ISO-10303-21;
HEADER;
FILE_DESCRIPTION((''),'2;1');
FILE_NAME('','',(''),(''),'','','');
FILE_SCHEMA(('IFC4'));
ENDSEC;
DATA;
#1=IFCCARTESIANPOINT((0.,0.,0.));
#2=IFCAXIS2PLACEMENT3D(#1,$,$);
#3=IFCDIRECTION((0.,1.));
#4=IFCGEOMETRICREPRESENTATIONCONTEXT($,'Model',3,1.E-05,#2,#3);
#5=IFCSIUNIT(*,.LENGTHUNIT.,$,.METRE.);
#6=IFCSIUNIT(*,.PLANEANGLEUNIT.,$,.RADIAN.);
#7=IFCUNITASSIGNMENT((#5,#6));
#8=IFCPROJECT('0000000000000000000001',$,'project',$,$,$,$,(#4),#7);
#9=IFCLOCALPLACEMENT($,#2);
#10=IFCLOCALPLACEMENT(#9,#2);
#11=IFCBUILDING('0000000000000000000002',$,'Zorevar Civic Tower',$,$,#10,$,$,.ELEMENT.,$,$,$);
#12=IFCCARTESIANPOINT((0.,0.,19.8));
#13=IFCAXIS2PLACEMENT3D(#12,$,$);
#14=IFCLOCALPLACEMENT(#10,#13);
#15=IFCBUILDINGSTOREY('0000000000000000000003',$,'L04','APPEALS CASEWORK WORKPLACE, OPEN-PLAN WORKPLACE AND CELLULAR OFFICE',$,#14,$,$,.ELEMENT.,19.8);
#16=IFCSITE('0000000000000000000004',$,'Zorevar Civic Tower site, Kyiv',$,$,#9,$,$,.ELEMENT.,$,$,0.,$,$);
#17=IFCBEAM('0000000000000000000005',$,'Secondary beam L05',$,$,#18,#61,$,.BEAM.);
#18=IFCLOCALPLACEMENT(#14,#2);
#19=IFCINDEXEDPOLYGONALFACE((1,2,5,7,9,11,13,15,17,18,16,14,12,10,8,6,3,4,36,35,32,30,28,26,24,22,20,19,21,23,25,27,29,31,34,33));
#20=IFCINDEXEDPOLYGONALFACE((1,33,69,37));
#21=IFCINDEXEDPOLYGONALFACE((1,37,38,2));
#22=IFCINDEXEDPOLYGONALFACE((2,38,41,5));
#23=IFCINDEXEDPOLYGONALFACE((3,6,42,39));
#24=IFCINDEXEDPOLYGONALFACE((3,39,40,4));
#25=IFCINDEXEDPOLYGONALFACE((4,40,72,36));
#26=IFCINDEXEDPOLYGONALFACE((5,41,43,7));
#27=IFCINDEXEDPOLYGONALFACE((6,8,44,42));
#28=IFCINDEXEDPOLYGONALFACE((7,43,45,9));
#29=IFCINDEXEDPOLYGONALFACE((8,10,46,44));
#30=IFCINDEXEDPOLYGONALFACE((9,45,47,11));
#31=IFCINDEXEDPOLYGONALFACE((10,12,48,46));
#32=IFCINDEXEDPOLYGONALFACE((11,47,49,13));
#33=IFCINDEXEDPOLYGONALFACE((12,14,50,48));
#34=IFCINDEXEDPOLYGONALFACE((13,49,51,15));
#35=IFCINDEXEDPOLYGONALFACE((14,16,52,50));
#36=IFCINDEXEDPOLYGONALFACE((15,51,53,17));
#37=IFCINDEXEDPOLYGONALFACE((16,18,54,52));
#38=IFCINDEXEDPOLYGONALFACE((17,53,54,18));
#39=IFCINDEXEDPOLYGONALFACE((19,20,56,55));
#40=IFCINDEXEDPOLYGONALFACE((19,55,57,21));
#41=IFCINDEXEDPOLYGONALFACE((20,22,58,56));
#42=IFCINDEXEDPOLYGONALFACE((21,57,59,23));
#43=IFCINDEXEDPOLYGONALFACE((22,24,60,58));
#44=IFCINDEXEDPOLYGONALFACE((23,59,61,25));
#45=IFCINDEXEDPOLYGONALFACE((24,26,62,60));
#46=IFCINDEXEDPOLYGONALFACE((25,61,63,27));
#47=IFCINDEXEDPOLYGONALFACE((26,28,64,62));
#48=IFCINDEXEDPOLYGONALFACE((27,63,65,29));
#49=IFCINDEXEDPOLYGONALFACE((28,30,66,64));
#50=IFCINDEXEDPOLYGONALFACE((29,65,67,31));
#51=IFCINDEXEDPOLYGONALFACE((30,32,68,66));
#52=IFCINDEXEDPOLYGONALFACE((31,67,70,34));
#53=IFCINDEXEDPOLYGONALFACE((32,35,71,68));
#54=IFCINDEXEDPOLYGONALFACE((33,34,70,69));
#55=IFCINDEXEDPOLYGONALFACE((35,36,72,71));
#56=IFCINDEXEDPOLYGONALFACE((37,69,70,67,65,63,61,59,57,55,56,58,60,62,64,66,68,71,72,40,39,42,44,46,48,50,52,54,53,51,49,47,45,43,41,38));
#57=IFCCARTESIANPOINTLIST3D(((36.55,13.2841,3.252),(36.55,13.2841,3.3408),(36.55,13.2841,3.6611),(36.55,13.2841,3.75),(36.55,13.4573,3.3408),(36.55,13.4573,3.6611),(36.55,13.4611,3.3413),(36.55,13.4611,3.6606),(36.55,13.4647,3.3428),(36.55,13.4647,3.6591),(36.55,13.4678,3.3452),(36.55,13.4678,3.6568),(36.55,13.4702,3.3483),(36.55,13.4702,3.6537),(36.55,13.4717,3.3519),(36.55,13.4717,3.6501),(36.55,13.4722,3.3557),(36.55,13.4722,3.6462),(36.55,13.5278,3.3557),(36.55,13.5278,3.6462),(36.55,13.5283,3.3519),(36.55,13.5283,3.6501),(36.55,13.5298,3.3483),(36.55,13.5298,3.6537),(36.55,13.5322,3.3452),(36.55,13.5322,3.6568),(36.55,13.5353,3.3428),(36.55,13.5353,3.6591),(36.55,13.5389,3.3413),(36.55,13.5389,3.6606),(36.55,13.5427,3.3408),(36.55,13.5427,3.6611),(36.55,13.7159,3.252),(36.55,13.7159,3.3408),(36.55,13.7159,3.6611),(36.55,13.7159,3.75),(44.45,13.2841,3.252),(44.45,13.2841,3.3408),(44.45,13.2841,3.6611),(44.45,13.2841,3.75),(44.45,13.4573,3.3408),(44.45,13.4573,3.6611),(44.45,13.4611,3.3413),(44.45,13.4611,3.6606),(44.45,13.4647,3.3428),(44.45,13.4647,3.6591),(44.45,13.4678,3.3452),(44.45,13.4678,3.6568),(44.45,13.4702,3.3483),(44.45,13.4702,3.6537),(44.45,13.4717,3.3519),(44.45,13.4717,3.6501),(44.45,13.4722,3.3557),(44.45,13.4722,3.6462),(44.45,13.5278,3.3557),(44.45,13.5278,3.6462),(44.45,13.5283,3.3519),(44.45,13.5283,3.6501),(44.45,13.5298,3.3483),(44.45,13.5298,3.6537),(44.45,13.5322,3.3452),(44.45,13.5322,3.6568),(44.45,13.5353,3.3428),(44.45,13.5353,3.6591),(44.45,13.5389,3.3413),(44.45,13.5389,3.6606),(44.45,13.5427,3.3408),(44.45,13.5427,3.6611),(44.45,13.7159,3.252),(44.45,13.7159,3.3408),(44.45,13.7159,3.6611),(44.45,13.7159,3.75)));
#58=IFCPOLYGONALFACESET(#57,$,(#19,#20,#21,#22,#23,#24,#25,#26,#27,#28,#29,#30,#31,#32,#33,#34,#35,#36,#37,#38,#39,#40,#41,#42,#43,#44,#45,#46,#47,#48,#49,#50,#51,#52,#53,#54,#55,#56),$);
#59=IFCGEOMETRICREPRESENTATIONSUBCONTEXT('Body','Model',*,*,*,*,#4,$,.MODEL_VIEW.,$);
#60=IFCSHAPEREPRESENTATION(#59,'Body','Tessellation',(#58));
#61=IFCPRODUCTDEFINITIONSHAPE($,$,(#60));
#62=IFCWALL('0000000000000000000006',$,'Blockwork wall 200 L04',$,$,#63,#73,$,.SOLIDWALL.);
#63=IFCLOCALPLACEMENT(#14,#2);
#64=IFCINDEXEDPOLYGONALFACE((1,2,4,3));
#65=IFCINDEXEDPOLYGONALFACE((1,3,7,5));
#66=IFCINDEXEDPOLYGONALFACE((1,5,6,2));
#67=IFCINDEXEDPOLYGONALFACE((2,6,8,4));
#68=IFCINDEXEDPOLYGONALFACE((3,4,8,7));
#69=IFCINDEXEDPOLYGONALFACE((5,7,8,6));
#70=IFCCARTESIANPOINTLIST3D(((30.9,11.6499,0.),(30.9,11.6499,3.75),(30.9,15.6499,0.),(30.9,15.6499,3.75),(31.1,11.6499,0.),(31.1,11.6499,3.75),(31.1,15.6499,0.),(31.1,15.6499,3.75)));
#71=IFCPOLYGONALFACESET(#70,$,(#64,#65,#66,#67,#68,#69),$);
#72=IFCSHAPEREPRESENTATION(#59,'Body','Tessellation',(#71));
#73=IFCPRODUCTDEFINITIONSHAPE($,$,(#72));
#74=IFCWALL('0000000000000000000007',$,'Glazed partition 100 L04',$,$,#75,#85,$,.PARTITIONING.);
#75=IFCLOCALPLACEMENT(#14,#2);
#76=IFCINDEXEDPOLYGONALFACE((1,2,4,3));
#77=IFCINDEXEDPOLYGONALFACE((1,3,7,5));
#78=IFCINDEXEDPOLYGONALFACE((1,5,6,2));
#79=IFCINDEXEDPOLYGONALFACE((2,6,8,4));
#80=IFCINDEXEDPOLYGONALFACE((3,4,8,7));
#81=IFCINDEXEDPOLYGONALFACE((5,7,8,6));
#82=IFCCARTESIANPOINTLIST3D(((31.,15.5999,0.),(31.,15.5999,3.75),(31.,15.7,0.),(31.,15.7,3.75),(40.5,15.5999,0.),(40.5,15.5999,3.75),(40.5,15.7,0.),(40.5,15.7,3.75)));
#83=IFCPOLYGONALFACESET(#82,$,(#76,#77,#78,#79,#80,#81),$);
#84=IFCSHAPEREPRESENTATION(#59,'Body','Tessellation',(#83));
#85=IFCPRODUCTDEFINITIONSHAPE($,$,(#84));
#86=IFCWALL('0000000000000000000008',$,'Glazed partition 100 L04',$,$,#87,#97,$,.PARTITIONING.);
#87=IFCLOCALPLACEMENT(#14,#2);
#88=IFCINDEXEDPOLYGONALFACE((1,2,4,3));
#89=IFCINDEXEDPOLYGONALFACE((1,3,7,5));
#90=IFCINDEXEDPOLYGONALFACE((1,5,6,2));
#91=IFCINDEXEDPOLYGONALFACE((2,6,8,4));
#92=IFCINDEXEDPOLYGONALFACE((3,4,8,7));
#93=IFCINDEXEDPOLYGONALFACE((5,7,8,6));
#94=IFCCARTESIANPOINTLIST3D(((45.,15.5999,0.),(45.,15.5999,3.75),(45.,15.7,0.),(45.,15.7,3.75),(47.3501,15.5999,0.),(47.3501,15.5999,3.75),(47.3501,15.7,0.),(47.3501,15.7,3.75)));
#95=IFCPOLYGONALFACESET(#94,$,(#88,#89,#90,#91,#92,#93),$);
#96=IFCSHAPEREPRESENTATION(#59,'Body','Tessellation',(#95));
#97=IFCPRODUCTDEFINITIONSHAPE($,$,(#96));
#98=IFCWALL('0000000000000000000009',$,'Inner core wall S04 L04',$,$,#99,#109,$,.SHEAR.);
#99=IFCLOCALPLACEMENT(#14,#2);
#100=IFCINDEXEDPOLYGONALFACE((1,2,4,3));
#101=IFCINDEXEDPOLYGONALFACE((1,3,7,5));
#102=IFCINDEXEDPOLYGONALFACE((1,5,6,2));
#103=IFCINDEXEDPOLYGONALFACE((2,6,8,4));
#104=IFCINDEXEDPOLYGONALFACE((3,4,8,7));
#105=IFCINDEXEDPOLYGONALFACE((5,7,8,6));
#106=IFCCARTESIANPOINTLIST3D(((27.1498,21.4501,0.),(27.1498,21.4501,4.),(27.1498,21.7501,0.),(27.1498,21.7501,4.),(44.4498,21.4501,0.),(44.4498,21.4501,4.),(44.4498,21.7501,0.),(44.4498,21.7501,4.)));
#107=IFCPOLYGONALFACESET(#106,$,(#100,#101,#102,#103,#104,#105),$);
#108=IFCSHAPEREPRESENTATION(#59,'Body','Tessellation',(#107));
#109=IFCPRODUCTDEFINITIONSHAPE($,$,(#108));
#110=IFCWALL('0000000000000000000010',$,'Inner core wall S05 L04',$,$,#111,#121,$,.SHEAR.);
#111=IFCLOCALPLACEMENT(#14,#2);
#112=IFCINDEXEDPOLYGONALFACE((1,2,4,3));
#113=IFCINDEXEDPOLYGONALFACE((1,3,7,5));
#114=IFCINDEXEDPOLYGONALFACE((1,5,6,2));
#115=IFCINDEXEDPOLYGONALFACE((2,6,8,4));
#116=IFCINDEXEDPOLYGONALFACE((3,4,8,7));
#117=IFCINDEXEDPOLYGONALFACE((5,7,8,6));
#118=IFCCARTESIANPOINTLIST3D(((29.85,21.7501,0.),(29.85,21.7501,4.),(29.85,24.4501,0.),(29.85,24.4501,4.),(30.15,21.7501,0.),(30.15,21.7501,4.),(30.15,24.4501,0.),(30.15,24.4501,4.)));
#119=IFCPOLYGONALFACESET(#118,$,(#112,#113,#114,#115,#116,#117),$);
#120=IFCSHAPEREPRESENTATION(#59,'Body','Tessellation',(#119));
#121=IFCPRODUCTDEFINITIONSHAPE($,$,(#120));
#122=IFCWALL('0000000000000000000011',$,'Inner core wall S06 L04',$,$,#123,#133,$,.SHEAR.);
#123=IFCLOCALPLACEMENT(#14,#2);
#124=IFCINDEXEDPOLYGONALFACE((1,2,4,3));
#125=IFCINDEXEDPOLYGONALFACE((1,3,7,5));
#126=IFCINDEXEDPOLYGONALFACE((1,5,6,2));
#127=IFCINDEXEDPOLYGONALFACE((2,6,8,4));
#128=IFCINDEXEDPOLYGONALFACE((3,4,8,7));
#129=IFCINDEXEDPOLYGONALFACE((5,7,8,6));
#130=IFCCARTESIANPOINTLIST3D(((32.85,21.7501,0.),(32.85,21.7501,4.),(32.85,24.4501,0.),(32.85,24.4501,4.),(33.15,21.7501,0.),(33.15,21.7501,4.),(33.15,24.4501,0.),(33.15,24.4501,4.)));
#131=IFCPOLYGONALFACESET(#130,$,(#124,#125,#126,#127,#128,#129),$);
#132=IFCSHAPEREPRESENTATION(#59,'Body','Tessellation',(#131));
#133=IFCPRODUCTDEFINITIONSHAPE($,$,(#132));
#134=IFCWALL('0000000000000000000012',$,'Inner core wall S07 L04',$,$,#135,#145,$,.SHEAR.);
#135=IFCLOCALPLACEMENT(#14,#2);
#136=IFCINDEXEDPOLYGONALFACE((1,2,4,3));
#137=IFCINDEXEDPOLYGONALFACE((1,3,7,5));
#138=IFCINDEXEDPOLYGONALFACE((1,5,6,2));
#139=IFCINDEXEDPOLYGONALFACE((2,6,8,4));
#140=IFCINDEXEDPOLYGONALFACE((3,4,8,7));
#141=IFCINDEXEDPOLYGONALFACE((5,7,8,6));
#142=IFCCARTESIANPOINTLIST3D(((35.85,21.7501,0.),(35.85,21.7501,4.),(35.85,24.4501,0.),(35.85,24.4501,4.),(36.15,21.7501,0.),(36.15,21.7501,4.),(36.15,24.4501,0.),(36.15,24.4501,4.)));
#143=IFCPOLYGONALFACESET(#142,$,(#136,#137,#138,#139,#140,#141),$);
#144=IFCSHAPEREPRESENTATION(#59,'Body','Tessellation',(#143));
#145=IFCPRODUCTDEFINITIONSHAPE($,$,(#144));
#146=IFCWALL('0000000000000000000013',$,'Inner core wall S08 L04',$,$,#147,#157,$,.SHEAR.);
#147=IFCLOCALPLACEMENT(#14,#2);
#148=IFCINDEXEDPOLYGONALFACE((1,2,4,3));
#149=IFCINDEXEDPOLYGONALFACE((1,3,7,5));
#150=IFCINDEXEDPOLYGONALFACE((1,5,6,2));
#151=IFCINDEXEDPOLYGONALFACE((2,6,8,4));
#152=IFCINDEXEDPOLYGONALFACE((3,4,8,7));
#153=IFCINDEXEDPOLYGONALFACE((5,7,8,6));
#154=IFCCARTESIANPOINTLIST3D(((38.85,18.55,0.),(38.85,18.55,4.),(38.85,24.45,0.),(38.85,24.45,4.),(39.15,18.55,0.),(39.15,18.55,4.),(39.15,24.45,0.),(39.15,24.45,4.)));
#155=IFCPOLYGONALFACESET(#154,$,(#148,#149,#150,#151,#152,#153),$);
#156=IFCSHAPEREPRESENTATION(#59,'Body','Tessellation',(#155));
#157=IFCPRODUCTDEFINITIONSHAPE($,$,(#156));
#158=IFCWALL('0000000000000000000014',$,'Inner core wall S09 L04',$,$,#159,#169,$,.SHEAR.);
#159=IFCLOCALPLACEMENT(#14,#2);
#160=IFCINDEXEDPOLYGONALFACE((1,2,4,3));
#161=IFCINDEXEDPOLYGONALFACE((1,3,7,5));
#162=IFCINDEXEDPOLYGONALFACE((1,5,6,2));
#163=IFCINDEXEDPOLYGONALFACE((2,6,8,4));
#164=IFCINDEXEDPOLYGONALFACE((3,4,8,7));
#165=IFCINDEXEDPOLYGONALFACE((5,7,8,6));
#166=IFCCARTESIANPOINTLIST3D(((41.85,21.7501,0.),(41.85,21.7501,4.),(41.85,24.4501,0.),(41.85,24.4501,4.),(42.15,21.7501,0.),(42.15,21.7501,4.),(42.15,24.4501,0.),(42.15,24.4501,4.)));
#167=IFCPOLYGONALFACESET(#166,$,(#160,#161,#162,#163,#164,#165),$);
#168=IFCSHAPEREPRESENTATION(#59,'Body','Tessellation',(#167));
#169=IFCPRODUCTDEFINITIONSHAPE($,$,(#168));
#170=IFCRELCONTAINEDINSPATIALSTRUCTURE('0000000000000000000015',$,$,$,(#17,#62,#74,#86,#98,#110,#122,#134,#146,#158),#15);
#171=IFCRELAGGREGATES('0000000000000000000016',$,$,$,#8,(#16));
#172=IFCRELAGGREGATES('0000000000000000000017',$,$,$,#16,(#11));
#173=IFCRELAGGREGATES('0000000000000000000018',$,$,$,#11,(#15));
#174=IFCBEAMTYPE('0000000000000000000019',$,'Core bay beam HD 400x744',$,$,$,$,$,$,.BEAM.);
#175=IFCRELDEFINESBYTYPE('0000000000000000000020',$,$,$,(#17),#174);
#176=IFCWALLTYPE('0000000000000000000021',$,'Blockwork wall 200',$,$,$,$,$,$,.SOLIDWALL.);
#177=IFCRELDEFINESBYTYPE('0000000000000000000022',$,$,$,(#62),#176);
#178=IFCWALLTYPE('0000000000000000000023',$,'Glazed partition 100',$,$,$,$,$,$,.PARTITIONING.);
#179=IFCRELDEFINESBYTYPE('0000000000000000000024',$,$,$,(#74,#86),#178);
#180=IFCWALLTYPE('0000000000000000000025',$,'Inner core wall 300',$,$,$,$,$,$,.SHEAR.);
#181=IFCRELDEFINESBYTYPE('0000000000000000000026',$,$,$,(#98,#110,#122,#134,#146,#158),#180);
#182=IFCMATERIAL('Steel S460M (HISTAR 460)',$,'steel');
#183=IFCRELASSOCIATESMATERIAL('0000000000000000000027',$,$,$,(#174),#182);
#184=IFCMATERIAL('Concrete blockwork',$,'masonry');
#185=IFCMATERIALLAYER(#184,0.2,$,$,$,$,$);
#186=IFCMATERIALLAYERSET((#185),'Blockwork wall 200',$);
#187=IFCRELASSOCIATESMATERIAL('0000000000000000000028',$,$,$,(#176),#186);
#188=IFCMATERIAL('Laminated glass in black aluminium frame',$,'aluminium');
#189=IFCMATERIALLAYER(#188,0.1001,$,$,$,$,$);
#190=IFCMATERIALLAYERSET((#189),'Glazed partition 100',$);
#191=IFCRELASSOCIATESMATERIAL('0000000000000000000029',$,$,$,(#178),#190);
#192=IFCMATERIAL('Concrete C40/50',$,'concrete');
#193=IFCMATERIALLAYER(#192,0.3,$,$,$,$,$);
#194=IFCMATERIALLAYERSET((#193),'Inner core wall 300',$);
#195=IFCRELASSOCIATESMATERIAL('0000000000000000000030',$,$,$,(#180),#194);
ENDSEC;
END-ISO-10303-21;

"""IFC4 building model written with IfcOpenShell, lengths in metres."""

from ifc_helpers import new_model, si_unit, direction, frame, frame_2d, origin, origin_2d, place, context, subcontext, project, spatial, rectangle, i_section, extrude, material, layer, layer_set, material_profile, profile_set, type_object, element, save


model = new_model("IFC4")

# Units and contexts
model_context = context("Model", 3, precision=1e-05, world=origin(), true_north=direction((0.0, 1.0)))
body_context = subcontext(model_context, "Body", "Model", "MODEL_VIEW")
ifc_project = project(units=[si_unit("LENGTHUNIT", "METRE"), si_unit("PLANEANGLEUNIT", "RADIAN")], contexts=[model_context])

# Site, building, storey
site_placement = place(None, origin())
site = spatial("IfcSite", under=ifc_project, at=site_placement, Name="Zorevar Civic Tower site, Kyiv", CompositionType="ELEMENT", RefElevation=0.0)
building_placement = place(site_placement, origin())
building = spatial("IfcBuilding", under=site, at=building_placement, Name="Zorevar Civic Tower", CompositionType="ELEMENT")
storey_placement = place(building_placement, frame((0.0, 0.0, 19.8)))
storey = spatial("IfcBuildingStorey", under=building, at=storey_placement, Name="L04", Description="APPEALS CASEWORK WORKPLACE, OPEN-PLAN WORKPLACE AND CELLULAR OFFICE", CompositionType="ELEMENT", Elevation=19.8)

# Beam
ifc_material_1 = material(Name="Steel S460M (HISTAR 460)", Category="steel")
ifc_material_profile_1 = material_profile(ifc_material_1, i_section(OverallWidth=0.4319, OverallDepth=0.498, WebThickness=0.0557, FlangeThickness=0.0889, FilletRadius=0.0149, at=origin_2d()), Name="HD 400x744")
ifc_profile_set_1 = profile_set([ifc_material_profile_1], Name="Steel S460M (HISTAR 460)")
beam_type_1 = type_object("IfcBeamType", Name="Core bay beam HD 400x744", PredefinedType="BEAM", material=ifc_profile_set_1)
for number, where, z_axis, x_axis, name in (
    (1, (36.55, 13.5, 3.501), (1.0, 0.0, 0.0), (0.0, 1.0, 0.0), "Secondary beam L05"),
):
    element("IfcBeam", number, at=place(storey_placement, frame(where, z_axis=z_axis, x_axis=x_axis)), inside=storey, type_object=beam_type_1, Name=name, PredefinedType="BEAM", context=body_context, shape_type="SweptSolid", body=[
        extrude(i_section(OverallWidth=0.4319, OverallDepth=0.498, WebThickness=0.0557, FlangeThickness=0.0889, FilletRadius=0.0149, at=origin_2d()), origin(), (0.0, 0.0, 1.0), 7.8999),
    ])

# Wall
ifc_material_2 = material(Name="Concrete blockwork", Category="masonry")
ifc_layer_1 = layer(ifc_material_2, 0.2)
ifc_layer_set_1 = layer_set([ifc_layer_1], Name="Blockwork wall 200")
wall_type_1 = type_object("IfcWallType", Name="Blockwork wall 200", PredefinedType="SOLIDWALL", material=ifc_layer_set_1)
wall_1_placement = place(storey_placement, frame((31.0, 11.6499, 0.0), z_axis=(0.0, 0.0, 1.0), x_axis=(0.0, 1.0, 0.0)))
element("IfcWall", 2, at=wall_1_placement, inside=storey, type_object=wall_type_1, Name="Blockwork wall 200 L04", PredefinedType="SOLIDWALL", context=body_context, shape_type="SweptSolid", body=[
    extrude(rectangle(XDim=4.0, YDim=0.2, at=frame_2d((2.0, 0.0))), origin(), (0.0, 0.0, 1.0), 3.75),
])

# Walls
ifc_material_3 = material(Name="Laminated glass in black aluminium frame", Category="aluminium")
ifc_layer_2 = layer(ifc_material_3, 0.1001)
ifc_layer_set_2 = layer_set([ifc_layer_2], Name="Glazed partition 100")
wall_type_2 = type_object("IfcWallType", Name="Glazed partition 100", PredefinedType="PARTITIONING", material=ifc_layer_set_2)
wall_2_placement = place(storey_placement, frame((31.0, 15.6499, 0.0), z_axis=(0.0, 0.0, 1.0), x_axis=(1.0, 0.0, 0.0)))
element("IfcWall", 3, at=wall_2_placement, inside=storey, type_object=wall_type_2, Name="Glazed partition 100 L04", PredefinedType="PARTITIONING", context=body_context, shape_type="SweptSolid", body=[
    extrude(rectangle(XDim=9.5, YDim=0.1001, at=frame_2d((4.75, 0.0))), origin(), (0.0, 0.0, 1.0), 3.75),
])
wall_3_placement = place(storey_placement, frame((45.0, 15.6499, 0.0), z_axis=(0.0, 0.0, 1.0), x_axis=(1.0, 0.0, 0.0)))
element("IfcWall", 4, at=wall_3_placement, inside=storey, type_object=wall_type_2, Name="Glazed partition 100 L04", PredefinedType="PARTITIONING", context=body_context, shape_type="SweptSolid", body=[
    extrude(rectangle(XDim=2.3501, YDim=0.1001, at=frame_2d((1.175, 0.0))), origin(), (0.0, 0.0, 1.0), 3.75),
])
ifc_material_4 = material(Name="Concrete C40/50", Category="concrete")
ifc_layer_3 = layer(ifc_material_4, 0.3)
ifc_layer_set_3 = layer_set([ifc_layer_3], Name="Inner core wall 300")
wall_type_3 = type_object("IfcWallType", Name="Inner core wall 300", PredefinedType="SHEAR", material=ifc_layer_set_3)
wall_4_placement = place(storey_placement, frame((27.1499, 21.6001, 0.0), z_axis=(0.0, 0.0, 1.0), x_axis=(1.0, 0.0, 0.0)))
element("IfcWall", 5, at=wall_4_placement, inside=storey, type_object=wall_type_3, Name="Inner core wall S04 L04", PredefinedType="SHEAR", context=body_context, shape_type="SweptSolid", body=[
    extrude(rectangle(XDim=17.3, YDim=0.3, at=frame_2d((8.6499, 0.0))), origin(), (0.0, 0.0, 1.0), 4.0),
])
for number, where, z_axis, x_axis, name in (
    (6, (30.0, 21.75, 0.0), (0.0, 0.0, 1.0), (0.0, 1.0, 0.0), "Inner core wall S05 L04"),
    (7, (33.0, 21.75, 0.0), (0.0, 0.0, 1.0), (0.0, 1.0, 0.0), "Inner core wall S06 L04"),
    (8, (36.0, 21.75, 0.0), (0.0, 0.0, 1.0), (0.0, 1.0, 0.0), "Inner core wall S07 L04"),
):
    element("IfcWall", number, at=place(storey_placement, frame(where, z_axis=z_axis, x_axis=x_axis)), inside=storey, type_object=wall_type_3, Name=name, PredefinedType="SHEAR", context=body_context, shape_type="SweptSolid", body=[
        extrude(rectangle(XDim=2.7, YDim=0.3, at=frame_2d((1.3501, 0.0))), origin(), (0.0, 0.0, 1.0), 4.0),
    ])
wall_5_placement = place(storey_placement, frame((39.0, 18.55, 0.0), z_axis=(0.0, 0.0, 1.0), x_axis=(0.0, 1.0, 0.0)))
element("IfcWall", 9, at=wall_5_placement, inside=storey, type_object=wall_type_3, Name="Inner core wall S08 L04", PredefinedType="SHEAR", context=body_context, shape_type="SweptSolid", body=[
    extrude(rectangle(XDim=5.8999, YDim=0.3, at=frame_2d((2.95, 0.0))), origin(), (0.0, 0.0, 1.0), 4.0),
])
wall_6_placement = place(storey_placement, frame((42.0, 21.75, 0.0), z_axis=(0.0, 0.0, 1.0), x_axis=(0.0, 1.0, 0.0)))
element("IfcWall", 10, at=wall_6_placement, inside=storey, type_object=wall_type_3, Name="Inner core wall S09 L04", PredefinedType="SHEAR", context=body_context, shape_type="SweptSolid", body=[
    extrude(rectangle(XDim=2.7, YDim=0.3, at=frame_2d((1.3501, 0.0))), origin(), (0.0, 0.0, 1.0), 4.0),
])

save(model, "model.ifc")
